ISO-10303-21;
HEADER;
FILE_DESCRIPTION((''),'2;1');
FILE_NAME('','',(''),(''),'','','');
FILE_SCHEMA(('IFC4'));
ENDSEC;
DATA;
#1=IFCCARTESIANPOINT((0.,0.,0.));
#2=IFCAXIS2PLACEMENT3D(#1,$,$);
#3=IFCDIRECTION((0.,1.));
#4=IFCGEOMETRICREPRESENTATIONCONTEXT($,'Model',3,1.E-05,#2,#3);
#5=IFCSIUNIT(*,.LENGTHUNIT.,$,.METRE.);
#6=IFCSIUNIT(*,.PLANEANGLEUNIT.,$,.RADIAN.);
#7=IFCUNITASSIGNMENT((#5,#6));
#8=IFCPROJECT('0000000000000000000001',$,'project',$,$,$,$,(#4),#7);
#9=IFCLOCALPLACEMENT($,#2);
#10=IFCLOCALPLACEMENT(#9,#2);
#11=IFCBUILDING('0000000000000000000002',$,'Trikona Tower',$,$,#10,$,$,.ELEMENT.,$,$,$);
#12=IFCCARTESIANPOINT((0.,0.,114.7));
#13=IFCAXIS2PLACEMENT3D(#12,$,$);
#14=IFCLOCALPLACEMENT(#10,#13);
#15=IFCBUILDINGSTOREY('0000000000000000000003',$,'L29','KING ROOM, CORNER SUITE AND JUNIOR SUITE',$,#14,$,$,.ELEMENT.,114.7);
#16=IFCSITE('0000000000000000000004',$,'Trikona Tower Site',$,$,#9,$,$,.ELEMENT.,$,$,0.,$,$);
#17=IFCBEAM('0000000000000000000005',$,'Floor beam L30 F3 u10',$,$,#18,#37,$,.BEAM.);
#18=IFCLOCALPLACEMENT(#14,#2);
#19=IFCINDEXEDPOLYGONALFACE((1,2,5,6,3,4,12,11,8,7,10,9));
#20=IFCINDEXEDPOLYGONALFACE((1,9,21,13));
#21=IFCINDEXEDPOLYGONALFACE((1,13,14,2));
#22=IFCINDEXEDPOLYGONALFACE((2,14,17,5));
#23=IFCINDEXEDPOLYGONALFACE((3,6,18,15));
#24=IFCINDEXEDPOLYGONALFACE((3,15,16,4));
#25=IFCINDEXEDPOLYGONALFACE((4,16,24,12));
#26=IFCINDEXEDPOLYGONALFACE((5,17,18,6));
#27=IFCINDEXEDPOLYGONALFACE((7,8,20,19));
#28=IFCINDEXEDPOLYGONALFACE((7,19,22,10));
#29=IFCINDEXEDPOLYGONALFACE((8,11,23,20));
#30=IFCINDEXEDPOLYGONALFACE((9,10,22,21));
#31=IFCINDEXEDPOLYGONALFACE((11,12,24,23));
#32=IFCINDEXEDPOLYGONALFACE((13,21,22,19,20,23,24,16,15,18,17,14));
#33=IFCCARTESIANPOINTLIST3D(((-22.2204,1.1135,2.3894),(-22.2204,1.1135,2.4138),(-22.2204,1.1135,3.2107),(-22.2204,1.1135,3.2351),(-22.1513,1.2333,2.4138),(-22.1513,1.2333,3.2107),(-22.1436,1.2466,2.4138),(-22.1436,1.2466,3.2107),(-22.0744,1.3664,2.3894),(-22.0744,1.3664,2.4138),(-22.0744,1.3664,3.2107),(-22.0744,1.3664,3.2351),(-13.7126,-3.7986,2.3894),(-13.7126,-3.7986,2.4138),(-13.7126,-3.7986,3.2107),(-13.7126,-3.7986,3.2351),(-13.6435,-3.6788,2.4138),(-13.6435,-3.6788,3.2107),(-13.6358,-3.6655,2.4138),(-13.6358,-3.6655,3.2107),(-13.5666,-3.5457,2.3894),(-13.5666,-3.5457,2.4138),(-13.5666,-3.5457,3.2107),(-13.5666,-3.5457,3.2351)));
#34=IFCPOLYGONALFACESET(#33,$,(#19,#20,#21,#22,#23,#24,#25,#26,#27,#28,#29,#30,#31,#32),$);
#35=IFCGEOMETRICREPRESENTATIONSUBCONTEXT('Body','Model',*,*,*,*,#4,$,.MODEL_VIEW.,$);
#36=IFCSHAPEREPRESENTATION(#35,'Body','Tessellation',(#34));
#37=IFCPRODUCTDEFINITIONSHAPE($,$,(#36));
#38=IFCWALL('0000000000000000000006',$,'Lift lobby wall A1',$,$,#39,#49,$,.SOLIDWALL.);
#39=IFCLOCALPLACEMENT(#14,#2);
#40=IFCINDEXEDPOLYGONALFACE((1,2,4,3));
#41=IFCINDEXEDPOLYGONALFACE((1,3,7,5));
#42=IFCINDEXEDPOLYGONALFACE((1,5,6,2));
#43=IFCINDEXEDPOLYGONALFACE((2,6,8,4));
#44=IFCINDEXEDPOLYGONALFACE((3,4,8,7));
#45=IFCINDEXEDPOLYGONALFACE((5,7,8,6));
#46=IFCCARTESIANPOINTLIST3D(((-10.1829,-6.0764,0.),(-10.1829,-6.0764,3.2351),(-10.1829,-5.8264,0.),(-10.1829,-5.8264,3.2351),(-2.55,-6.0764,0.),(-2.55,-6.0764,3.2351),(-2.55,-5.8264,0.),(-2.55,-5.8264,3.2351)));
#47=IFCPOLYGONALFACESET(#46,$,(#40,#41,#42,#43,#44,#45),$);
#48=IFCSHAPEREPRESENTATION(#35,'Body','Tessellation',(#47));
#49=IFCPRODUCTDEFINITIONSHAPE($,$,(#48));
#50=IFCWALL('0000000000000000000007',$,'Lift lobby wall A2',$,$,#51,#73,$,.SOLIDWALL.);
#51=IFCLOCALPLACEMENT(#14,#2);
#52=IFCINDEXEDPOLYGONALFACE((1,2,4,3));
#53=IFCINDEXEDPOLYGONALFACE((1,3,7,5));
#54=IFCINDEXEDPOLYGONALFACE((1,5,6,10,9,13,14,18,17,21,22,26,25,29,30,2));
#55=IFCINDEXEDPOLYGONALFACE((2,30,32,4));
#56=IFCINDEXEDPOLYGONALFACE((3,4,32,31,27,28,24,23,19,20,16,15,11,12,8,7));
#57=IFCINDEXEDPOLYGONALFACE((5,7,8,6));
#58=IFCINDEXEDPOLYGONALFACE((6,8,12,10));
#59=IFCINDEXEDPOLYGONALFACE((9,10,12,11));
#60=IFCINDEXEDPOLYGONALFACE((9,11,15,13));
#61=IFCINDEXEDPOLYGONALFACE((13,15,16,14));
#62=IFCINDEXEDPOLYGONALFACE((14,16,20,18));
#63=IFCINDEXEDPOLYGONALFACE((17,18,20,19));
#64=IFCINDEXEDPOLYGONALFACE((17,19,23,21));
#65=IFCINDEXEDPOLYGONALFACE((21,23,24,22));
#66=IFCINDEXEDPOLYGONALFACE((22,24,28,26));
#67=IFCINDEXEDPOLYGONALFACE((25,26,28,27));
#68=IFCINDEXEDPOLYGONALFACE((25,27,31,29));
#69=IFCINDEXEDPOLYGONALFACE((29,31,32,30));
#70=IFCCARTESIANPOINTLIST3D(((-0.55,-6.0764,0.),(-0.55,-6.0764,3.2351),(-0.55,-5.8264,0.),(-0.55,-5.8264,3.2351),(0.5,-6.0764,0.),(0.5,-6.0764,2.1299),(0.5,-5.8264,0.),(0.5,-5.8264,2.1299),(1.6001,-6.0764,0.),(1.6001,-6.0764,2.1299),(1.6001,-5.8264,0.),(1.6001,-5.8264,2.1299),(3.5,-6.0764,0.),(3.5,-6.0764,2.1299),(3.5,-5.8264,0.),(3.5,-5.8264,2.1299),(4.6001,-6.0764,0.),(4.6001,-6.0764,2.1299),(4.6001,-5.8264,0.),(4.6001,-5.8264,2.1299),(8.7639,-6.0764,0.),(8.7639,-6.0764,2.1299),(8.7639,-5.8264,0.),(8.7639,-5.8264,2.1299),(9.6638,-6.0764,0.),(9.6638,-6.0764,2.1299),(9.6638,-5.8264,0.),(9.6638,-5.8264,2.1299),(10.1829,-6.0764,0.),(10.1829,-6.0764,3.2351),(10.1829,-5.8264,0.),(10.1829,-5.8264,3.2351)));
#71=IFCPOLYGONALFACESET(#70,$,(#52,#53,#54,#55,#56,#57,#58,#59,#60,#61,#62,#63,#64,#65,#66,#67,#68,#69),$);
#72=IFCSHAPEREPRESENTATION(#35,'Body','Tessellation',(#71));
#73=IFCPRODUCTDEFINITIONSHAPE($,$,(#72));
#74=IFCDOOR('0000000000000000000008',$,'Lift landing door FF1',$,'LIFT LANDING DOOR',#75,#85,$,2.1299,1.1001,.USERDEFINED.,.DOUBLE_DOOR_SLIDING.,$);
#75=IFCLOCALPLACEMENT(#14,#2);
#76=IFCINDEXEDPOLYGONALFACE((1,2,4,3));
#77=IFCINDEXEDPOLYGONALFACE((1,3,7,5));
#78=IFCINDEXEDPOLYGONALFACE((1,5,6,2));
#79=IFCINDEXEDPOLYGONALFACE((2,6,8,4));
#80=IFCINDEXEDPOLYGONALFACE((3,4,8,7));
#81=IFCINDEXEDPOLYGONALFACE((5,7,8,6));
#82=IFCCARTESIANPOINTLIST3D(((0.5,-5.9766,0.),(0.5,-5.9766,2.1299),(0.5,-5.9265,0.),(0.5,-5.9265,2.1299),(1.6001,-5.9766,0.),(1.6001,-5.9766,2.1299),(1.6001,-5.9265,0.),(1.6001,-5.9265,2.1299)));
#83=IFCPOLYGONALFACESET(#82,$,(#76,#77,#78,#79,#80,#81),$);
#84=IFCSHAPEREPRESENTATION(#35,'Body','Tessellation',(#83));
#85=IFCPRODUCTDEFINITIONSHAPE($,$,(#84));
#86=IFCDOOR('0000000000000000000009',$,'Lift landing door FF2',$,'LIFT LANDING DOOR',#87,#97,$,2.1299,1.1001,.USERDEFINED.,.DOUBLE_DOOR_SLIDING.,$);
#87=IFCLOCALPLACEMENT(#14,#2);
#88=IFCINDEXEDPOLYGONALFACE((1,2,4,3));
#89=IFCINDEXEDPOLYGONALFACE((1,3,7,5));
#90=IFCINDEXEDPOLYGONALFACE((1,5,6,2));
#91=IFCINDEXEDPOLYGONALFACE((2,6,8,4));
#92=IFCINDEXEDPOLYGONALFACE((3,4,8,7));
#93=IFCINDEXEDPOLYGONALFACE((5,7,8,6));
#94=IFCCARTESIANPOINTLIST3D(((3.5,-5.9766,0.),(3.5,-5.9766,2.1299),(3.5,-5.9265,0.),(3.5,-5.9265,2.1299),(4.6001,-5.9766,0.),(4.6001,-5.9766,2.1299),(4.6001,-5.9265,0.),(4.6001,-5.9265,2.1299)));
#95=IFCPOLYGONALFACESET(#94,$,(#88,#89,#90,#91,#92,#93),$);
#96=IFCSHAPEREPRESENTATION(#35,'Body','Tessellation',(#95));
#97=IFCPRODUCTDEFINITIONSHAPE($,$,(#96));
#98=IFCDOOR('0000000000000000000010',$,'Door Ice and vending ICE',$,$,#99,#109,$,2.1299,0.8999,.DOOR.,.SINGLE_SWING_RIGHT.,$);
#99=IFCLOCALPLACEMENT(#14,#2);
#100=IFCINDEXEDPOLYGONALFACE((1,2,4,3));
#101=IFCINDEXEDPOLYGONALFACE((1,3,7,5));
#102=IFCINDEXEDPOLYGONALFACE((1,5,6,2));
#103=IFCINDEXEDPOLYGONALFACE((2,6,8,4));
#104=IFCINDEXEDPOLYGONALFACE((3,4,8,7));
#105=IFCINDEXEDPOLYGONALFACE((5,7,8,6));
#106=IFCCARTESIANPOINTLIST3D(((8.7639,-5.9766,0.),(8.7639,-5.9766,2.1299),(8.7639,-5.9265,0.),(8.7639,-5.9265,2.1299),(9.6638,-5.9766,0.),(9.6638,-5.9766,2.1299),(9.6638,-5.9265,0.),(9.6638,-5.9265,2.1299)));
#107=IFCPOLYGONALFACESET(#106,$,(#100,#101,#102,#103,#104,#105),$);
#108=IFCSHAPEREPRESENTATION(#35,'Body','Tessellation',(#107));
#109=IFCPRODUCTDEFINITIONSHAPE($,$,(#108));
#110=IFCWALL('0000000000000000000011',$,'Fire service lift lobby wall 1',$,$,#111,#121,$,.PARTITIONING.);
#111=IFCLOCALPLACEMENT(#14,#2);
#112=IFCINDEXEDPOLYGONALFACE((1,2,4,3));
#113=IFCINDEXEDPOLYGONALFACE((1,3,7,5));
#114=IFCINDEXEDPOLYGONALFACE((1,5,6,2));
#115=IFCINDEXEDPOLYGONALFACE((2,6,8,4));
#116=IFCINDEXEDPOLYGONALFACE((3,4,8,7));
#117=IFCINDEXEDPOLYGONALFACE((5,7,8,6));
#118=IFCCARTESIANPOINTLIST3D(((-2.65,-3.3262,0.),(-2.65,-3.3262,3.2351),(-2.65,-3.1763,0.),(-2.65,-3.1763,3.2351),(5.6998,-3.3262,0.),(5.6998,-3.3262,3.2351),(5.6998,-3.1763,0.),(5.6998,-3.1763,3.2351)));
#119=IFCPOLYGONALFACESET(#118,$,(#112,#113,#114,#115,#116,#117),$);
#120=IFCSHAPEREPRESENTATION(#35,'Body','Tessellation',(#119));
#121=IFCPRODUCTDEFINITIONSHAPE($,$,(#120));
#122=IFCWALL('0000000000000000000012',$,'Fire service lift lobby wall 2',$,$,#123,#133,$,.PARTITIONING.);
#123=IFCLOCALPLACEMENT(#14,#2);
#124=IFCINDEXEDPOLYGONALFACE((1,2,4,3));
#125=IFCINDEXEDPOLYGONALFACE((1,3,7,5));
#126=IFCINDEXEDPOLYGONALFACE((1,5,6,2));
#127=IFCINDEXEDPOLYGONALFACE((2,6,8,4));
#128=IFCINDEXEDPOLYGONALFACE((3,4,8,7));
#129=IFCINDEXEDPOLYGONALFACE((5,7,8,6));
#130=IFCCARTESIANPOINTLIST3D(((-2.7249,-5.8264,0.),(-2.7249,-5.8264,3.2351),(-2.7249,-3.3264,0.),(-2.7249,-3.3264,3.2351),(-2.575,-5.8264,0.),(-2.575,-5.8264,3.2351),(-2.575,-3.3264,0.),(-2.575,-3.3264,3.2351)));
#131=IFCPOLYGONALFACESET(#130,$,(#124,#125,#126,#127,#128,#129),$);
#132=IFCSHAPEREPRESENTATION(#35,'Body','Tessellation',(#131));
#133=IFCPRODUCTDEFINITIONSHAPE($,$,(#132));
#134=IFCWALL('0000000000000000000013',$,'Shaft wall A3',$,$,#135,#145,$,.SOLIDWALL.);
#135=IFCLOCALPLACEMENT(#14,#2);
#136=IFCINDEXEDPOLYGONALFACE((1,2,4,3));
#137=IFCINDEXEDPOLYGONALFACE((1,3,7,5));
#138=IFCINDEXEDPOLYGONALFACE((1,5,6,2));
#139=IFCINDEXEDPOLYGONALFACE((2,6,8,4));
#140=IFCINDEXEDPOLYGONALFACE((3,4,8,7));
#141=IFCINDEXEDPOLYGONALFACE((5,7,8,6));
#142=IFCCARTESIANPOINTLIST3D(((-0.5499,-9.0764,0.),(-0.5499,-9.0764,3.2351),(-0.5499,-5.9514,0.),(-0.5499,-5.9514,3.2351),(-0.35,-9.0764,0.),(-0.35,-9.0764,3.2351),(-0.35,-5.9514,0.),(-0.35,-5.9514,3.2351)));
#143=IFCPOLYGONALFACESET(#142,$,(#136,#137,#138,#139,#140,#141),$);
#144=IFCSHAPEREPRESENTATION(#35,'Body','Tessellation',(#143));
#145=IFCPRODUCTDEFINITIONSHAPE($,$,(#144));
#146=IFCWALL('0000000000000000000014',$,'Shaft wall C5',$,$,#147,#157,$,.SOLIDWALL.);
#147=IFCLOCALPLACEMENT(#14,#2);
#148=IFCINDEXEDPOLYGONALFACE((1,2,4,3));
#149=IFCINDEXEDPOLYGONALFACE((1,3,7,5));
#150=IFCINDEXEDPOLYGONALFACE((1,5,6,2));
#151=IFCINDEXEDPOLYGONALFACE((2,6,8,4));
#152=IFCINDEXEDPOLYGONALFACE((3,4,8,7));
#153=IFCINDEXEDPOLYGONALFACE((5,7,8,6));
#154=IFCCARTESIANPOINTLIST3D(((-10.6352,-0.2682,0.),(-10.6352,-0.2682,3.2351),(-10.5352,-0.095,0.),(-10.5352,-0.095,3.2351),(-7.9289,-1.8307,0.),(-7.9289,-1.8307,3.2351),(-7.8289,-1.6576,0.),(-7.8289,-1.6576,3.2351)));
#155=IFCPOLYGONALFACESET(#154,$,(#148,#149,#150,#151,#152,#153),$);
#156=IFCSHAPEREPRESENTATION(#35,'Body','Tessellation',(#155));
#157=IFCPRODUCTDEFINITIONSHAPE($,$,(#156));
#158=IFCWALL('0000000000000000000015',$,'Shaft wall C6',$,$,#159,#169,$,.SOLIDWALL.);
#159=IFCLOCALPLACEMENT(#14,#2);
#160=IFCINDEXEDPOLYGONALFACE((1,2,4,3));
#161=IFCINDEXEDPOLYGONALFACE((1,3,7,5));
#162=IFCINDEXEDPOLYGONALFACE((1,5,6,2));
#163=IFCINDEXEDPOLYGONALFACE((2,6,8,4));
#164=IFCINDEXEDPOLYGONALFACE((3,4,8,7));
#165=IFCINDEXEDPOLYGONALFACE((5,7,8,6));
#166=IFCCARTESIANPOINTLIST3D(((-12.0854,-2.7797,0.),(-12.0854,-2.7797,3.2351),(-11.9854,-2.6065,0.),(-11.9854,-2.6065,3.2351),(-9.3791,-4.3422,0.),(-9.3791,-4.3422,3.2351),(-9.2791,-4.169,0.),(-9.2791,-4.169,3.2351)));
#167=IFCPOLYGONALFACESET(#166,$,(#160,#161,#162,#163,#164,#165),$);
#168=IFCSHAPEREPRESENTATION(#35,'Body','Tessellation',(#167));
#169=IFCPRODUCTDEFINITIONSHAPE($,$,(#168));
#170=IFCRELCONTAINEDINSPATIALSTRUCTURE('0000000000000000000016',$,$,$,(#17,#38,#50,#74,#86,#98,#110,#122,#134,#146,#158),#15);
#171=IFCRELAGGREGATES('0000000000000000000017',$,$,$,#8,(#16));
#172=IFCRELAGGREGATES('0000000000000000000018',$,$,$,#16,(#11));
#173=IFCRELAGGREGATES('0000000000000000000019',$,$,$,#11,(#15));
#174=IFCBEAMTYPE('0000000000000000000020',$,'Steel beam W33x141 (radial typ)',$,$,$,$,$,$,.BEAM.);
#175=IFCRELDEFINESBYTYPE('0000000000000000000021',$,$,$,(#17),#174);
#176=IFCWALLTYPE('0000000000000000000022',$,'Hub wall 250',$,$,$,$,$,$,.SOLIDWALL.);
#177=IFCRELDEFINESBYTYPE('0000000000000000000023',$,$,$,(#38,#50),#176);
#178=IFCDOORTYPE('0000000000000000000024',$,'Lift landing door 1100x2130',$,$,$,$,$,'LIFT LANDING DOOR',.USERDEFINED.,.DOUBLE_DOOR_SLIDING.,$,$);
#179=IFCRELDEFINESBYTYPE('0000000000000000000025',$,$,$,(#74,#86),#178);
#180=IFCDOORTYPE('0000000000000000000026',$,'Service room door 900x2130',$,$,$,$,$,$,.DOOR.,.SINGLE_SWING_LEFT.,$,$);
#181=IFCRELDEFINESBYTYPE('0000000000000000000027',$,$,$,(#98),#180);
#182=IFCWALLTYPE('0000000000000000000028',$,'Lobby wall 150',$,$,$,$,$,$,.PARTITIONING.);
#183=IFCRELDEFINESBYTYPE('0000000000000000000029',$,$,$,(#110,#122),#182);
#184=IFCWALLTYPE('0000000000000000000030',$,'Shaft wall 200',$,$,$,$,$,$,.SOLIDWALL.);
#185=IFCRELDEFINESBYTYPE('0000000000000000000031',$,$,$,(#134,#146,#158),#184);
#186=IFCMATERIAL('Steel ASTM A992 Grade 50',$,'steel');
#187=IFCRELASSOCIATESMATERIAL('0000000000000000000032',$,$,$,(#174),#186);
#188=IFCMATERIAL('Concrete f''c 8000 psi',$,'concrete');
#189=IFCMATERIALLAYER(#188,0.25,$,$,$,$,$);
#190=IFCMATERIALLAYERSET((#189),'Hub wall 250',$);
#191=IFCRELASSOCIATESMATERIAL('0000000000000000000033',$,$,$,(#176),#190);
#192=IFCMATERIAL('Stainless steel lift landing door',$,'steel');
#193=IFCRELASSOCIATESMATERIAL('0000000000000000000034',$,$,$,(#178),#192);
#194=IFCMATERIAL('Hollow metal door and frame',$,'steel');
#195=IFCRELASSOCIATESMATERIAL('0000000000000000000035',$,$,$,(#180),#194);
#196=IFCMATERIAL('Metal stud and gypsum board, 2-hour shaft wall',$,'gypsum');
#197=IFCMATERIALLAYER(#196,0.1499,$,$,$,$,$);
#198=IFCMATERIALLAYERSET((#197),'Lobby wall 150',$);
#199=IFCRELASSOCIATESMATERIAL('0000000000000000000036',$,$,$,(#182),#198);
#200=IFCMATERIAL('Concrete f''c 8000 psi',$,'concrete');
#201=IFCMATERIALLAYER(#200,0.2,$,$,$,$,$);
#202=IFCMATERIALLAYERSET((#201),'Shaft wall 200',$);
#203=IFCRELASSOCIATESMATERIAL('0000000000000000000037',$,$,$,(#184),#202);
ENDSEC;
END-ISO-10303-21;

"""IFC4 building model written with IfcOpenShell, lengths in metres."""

from ifc_helpers import new_model, si_unit, direction, frame, frame_2d, origin, origin_2d, place, context, subcontext, project, spatial, rectangle, i_section, extrude, material, layer, layer_set, material_profile, profile_set, type_object, element, fill, save


model = new_model("IFC4")

# Units and contexts
model_context = context("Model", 3, precision=1e-05, world=origin(), true_north=direction((0.0, 1.0)))
body_context = subcontext(model_context, "Body", "Model", "MODEL_VIEW")
ifc_project = project(units=[si_unit("LENGTHUNIT", "METRE"), si_unit("PLANEANGLEUNIT", "RADIAN")], contexts=[model_context])

# Site, building, storey
site_placement = place(None, origin())
site = spatial("IfcSite", under=ifc_project, at=site_placement, Name="Trikona Tower Site", CompositionType="ELEMENT", RefElevation=0.0)
building_placement = place(site_placement, origin())
building = spatial("IfcBuilding", under=site, at=building_placement, Name="Trikona Tower", CompositionType="ELEMENT")
storey_placement = place(building_placement, frame((0.0, 0.0, 114.7)))
storey = spatial("IfcBuildingStorey", under=building, at=storey_placement, Name="L29", Description="KING ROOM, CORNER SUITE AND JUNIOR SUITE", CompositionType="ELEMENT", Elevation=114.7)

# Beam
ifc_material_1 = material(Name="Steel ASTM A992 Grade 50", Category="steel")
ifc_material_profile = material_profile(ifc_material_1, i_section(OverallWidth=0.292, OverallDepth=0.8457, WebThickness=0.0154, FlangeThickness=0.0244, at=origin_2d()), Name="W33X141")
ifc_profile_set = profile_set([ifc_material_profile], Name="Steel ASTM A992 Grade 50")
beam_type = type_object("IfcBeamType", Name="Steel beam W33x141 (radial typ)", PredefinedType="BEAM", material=ifc_profile_set)
beam_placement = place(storey_placement, frame((-13.6396, -3.6721, 2.8123), z_axis=(-0.86602, 0.500009, 0.0), x_axis=(-0.500009, -0.86602, 0.0)))
element("IfcBeam", 1, at=beam_placement, inside=storey, type_object=beam_type, Name="Floor beam L30 F3 u10", PredefinedType="BEAM", context=body_context, shape_type="SweptSolid", body=[
    extrude(i_section(OverallWidth=0.292, OverallDepth=0.8457, WebThickness=0.0154, FlangeThickness=0.0244, at=origin_2d()), origin(), (0.0, 0.0, 1.0), 9.824),
])

# Wall
ifc_material_2 = material(Name="Concrete f'c 8000 psi", Category="concrete")
ifc_layer_1 = layer(ifc_material_2, 0.25)
ifc_layer_set_1 = layer_set([ifc_layer_1], Name="Hub wall 250")
wall_type_1 = type_object("IfcWallType", Name="Hub wall 250", PredefinedType="SOLIDWALL", material=ifc_layer_set_1)
wall_1_placement = place(storey_placement, frame((-10.1829, -5.9514, 0.0), z_axis=(0.0, 0.0, 1.0), x_axis=(1.0, 0.0, 0.0)))
element("IfcWall", 2, at=wall_1_placement, inside=storey, type_object=wall_type_1, Name="Lift lobby wall A1", PredefinedType="SOLIDWALL", context=body_context, shape_type="SweptSolid", body=[
    extrude(rectangle(XDim=7.6328, YDim=0.25, at=frame_2d((3.8164, 0.0))), origin(), (0.0, 0.0, 1.0), 3.2351),
])

# Wall, openings, doors
wall_2_placement = place(storey_placement, frame((-0.55, -5.9514, 0.0), z_axis=(0.0, 0.0, 1.0), x_axis=(1.0, 0.0, 0.0)))
wall_2 = element("IfcWall", 3, at=wall_2_placement, inside=storey, type_object=wall_type_1, Name="Lift lobby wall A2", PredefinedType="SOLIDWALL", context=body_context, shape_type="SweptSolid", body=[
    extrude(rectangle(XDim=10.7329, YDim=0.25, at=frame_2d((5.3665, 0.0))), origin(), (0.0, 0.0, 1.0), 3.2351),
])
opening_1_placement = place(wall_2_placement, frame((9.314, 0.0, 0.0)))
opening_1 = element("IfcOpeningElement", 4, at=opening_1_placement, cuts=wall_2, PredefinedType="OPENING", context=body_context, shape_type="SweptSolid", body=[
    extrude(rectangle(XDim=0.8999, YDim=2.1299, at=frame_2d((0.45, 1.0649))), frame((0.0, 0.135, 0.0), z_axis=(0.0, -1.0, 0.0), x_axis=(1.0, 0.0, 0.0)), (0.0, 0.0, 1.0), 0.27),
])
opening_2_placement = place(wall_2_placement, frame((1.05, 0.0, 0.0)))
opening_2 = element("IfcOpeningElement", 5, at=opening_2_placement, cuts=wall_2, PredefinedType="OPENING", context=body_context, shape_type="SweptSolid", body=[
    extrude(rectangle(XDim=1.1001, YDim=2.1299, at=frame_2d((0.55, 1.0649))), frame((0.0, 0.135, 0.0), z_axis=(0.0, -1.0, 0.0), x_axis=(1.0, 0.0, 0.0)), (0.0, 0.0, 1.0), 0.27),
])
opening_3_placement = place(wall_2_placement, frame((4.05, 0.0, 0.0)))
opening_3 = element("IfcOpeningElement", 6, at=opening_3_placement, cuts=wall_2, PredefinedType="OPENING", context=body_context, shape_type="SweptSolid", body=[
    extrude(rectangle(XDim=1.1001, YDim=2.1299, at=frame_2d((0.55, 1.0649))), frame((0.0, 0.135, 0.0), z_axis=(0.0, -1.0, 0.0), x_axis=(1.0, 0.0, 0.0)), (0.0, 0.0, 1.0), 0.27),
])
ifc_material_3 = material(Name="Stainless steel lift landing door", Category="steel")
door_type_1 = type_object("IfcDoorType", Name="Lift landing door 1100x2130", ElementType="LIFT LANDING DOOR", OperationType="DOUBLE_DOOR_SLIDING", PredefinedType="USERDEFINED", material=ifc_material_3)
door_1_placement = place(opening_2_placement, origin())
door_1 = element("IfcDoor", 7, at=door_1_placement, inside=storey, type_object=door_type_1, Name="Lift landing door FF1", ObjectType="LIFT LANDING DOOR", OperationType="DOUBLE_DOOR_SLIDING", OverallHeight=2.1299, OverallWidth=1.1001, PredefinedType="USERDEFINED", context=body_context, shape_type="SweptSolid", body=[
    extrude(rectangle(XDim=1.1001, YDim=2.1299, at=frame_2d((0.55, 1.0649))), frame((0.0, 0.0249, 0.0), z_axis=(0.0, -1.0, 0.0), x_axis=(1.0, 0.0, 0.0)), (0.0, 0.0, 1.0), 0.05),
])
fill(opening_2, door_1)
door_2_placement = place(opening_3_placement, origin())
door_2 = element("IfcDoor", 8, at=door_2_placement, inside=storey, type_object=door_type_1, Name="Lift landing door FF2", ObjectType="LIFT LANDING DOOR", OperationType="DOUBLE_DOOR_SLIDING", OverallHeight=2.1299, OverallWidth=1.1001, PredefinedType="USERDEFINED", context=body_context, shape_type="SweptSolid", body=[
    extrude(rectangle(XDim=1.1001, YDim=2.1299, at=frame_2d((0.55, 1.0649))), frame((0.0, 0.0249, 0.0), z_axis=(0.0, -1.0, 0.0), x_axis=(1.0, 0.0, 0.0)), (0.0, 0.0, 1.0), 0.05),
])
fill(opening_3, door_2)
ifc_material_4 = material(Name="Hollow metal door and frame", Category="steel")
door_type_2 = type_object("IfcDoorType", Name="Service room door 900x2130", OperationType="SINGLE_SWING_LEFT", PredefinedType="DOOR", material=ifc_material_4)
door_3_placement = place(opening_1_placement, origin())
door_3 = element("IfcDoor", 9, at=door_3_placement, inside=storey, type_object=door_type_2, Name="Door Ice and vending ICE", OperationType="SINGLE_SWING_RIGHT", OverallHeight=2.1299, OverallWidth=0.8999, PredefinedType="DOOR", context=body_context, shape_type="SweptSolid", body=[
    extrude(rectangle(XDim=0.8999, YDim=2.1299, at=frame_2d((0.45, 1.0649))), frame((0.0, 0.0249, 0.0), z_axis=(0.0, -1.0, 0.0), x_axis=(1.0, 0.0, 0.0)), (0.0, 0.0, 1.0), 0.05),
])
fill(opening_1, door_3)

# Walls
ifc_material_5 = material(Name="Metal stud and gypsum board, 2-hour shaft wall", Category="gypsum")
ifc_layer_2 = layer(ifc_material_5, 0.1499)
ifc_layer_set_2 = layer_set([ifc_layer_2], Name="Lobby wall 150")
wall_type_2 = type_object("IfcWallType", Name="Lobby wall 150", PredefinedType="PARTITIONING", material=ifc_layer_set_2)
wall_3_placement = place(storey_placement, frame((-2.6499, -3.2512, 0.0), z_axis=(0.0, 0.0, 1.0), x_axis=(1.0, 0.0, 0.0)))
element("IfcWall", 10, at=wall_3_placement, inside=storey, type_object=wall_type_2, Name="Fire service lift lobby wall 1", PredefinedType="PARTITIONING", context=body_context, shape_type="SweptSolid", body=[
    extrude(rectangle(XDim=8.3499, YDim=0.1499, at=frame_2d((4.1748, 0.0))), origin(), (0.0, 0.0, 1.0), 3.2351),
])
wall_4_placement = place(storey_placement, frame((-2.6499, -5.8264, 0.0), z_axis=(0.0, 0.0, 1.0), x_axis=(0.0, 1.0, 0.0)))
element("IfcWall", 11, at=wall_4_placement, inside=storey, type_object=wall_type_2, Name="Fire service lift lobby wall 2", PredefinedType="PARTITIONING", context=body_context, shape_type="SweptSolid", body=[
    extrude(rectangle(XDim=2.5, YDim=0.1499, at=frame_2d((1.25, 0.0))), origin(), (0.0, 0.0, 1.0), 3.2351),
])
ifc_material_6 = material(Name="Concrete f'c 8000 psi", Category="concrete")
ifc_layer_3 = layer(ifc_material_6, 0.2)
ifc_layer_set_3 = layer_set([ifc_layer_3], Name="Shaft wall 200")
wall_type_3 = type_object("IfcWallType", Name="Shaft wall 200", PredefinedType="SOLIDWALL", material=ifc_layer_set_3)
for number, where, z_axis, x_axis, name in (
    (12, (-0.45, -5.9514, 0.0), (0.0, 0.0, 1.0), (0.0, -1.0, 0.0), "Shaft wall A3"),
    (13, (-7.8789, -1.7441, 0.0), (0.0, 0.0, 1.0), (-0.866023, 0.500004, 0.0), "Shaft wall C5"),
    (14, (-9.3291, -4.2556, 0.0), (0.0, 0.0, 1.0), (-0.866023, 0.500004, 0.0), "Shaft wall C6"),
):
    element("IfcWall", number, at=place(storey_placement, frame(where, z_axis=z_axis, x_axis=x_axis)), inside=storey, type_object=wall_type_3, Name=name, PredefinedType="SOLIDWALL", context=body_context, shape_type="SweptSolid", body=[
        extrude(rectangle(XDim=3.125, YDim=0.2, at=frame_2d((1.5625, 0.0))), origin(), (0.0, 0.0, 1.0), 3.2351),
    ])

save(model, "model.ifc")
